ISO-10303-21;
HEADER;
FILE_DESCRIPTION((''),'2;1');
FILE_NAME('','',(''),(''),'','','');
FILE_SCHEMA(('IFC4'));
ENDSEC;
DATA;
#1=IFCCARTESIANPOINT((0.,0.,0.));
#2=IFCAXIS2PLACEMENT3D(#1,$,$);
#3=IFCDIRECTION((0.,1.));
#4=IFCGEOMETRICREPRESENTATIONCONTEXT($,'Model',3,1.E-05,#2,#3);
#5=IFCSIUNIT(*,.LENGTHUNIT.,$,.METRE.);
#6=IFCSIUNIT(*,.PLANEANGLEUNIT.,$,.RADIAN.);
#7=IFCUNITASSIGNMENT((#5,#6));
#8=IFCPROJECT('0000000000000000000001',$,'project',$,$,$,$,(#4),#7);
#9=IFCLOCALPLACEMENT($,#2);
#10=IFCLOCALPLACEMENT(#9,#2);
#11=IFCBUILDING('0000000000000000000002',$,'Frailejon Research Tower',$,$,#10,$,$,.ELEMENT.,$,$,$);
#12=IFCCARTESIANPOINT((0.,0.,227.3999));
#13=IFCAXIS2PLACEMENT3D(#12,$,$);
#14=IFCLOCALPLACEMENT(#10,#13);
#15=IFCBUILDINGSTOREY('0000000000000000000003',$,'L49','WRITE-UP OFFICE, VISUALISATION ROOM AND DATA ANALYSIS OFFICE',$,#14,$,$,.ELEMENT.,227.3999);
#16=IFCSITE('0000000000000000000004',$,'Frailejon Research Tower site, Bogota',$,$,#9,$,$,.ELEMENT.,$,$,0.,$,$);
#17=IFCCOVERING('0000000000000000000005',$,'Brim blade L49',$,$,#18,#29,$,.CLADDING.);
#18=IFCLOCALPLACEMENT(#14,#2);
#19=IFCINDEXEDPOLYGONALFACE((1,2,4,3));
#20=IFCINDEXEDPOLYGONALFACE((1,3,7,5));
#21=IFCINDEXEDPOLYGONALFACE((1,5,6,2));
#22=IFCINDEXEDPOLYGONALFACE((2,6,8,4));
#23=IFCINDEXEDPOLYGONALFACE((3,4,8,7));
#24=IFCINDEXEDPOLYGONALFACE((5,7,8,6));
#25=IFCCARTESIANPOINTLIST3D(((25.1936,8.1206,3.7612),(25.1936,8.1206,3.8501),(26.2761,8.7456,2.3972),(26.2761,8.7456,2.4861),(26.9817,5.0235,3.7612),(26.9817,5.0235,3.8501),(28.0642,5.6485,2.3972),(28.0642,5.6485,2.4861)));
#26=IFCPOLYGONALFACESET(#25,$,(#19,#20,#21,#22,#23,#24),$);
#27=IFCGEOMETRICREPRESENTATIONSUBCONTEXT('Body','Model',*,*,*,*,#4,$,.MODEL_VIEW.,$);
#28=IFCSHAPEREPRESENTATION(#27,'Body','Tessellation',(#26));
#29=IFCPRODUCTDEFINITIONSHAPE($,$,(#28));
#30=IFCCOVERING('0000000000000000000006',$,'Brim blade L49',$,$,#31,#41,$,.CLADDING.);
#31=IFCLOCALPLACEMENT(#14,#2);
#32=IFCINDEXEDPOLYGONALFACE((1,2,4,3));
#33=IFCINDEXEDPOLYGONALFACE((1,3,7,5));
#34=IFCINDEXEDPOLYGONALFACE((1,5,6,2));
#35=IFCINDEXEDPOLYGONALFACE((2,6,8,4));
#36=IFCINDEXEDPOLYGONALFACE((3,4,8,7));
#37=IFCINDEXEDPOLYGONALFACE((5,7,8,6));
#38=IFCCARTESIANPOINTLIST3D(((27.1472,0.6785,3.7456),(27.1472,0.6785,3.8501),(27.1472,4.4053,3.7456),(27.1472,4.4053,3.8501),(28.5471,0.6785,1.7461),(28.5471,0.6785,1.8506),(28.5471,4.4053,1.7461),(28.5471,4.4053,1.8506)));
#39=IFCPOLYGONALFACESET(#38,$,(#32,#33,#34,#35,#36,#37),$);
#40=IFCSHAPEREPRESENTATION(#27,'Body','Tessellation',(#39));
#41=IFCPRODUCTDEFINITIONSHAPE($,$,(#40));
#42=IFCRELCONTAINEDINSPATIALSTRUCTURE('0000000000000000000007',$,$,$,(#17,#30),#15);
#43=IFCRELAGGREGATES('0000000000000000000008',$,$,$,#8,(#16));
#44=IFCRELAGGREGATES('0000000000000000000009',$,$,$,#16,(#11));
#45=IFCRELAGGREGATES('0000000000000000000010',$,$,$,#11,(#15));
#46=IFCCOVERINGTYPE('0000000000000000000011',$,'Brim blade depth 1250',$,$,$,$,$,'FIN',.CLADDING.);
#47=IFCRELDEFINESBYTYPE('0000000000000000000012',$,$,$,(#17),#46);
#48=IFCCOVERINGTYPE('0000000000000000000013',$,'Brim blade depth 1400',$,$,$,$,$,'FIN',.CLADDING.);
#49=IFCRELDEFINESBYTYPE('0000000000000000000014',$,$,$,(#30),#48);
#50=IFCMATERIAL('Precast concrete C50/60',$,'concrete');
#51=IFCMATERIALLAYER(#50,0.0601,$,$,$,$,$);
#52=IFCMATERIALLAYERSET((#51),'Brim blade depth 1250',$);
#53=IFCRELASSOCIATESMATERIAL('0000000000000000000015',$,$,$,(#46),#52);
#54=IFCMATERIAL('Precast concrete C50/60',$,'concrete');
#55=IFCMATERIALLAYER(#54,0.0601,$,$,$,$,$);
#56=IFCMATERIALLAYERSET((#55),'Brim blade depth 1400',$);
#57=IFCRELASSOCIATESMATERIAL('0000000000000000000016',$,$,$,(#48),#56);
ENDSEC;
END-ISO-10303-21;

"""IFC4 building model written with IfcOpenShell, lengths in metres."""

from ifc_helpers import new_model, si_unit, direction, frame, origin, place, context, subcontext, project, spatial, polyline, outline, extrude, material, layer, layer_set, type_object, element, save


model = new_model("IFC4")

# Units and contexts
model_context = context("Model", 3, precision=1e-05, world=origin(), true_north=direction((0.0, 1.0)))
body_context = subcontext(model_context, "Body", "Model", "MODEL_VIEW")
ifc_project = project(units=[si_unit("LENGTHUNIT", "METRE"), si_unit("PLANEANGLEUNIT", "RADIAN")], contexts=[model_context])

# Site, building, storey
site_placement = place(None, origin())
site = spatial("IfcSite", under=ifc_project, at=site_placement, Name="Frailejon Research Tower site, Bogota", CompositionType="ELEMENT", RefElevation=0.0)
building_placement = place(site_placement, origin())
building = spatial("IfcBuilding", under=site, at=building_placement, Name="Frailejon Research Tower", CompositionType="ELEMENT")
storey_placement = place(building_placement, frame((0.0, 0.0, 227.3999)))
storey = spatial("IfcBuildingStorey", under=building, at=storey_placement, Name="L49", Description="WRITE-UP OFFICE, VISUALISATION ROOM AND DATA ANALYSIS OFFICE", CompositionType="ELEMENT", Elevation=227.3999)

# Coverings
ifc_material_1 = material(Name="Precast concrete C50/60", Category="concrete")
ifc_layer_1 = layer(ifc_material_1, 0.0601)
ifc_layer_set_1 = layer_set([ifc_layer_1], Name="Brim blade depth 1250")
covering_type_1 = type_object("IfcCoveringType", Name="Brim blade depth 1250", ElementType="FIN", PredefinedType="CLADDING", material=ifc_layer_set_1)
covering_1_placement = place(storey_placement, frame((25.1936, 8.1206, 3.8501), z_axis=(0.499998, -0.866027, 0.0), x_axis=(0.866027, 0.499998, 0.0)))
element("IfcCovering", 1, at=covering_1_placement, inside=storey, type_object=covering_type_1, Name="Brim blade L49", PredefinedType="CLADDING", context=body_context, shape_type="SweptSolid", body=[
    extrude(outline(polyline([(0.0, -0.0889), (1.25, -1.4529), (1.25, -1.364), (0.0, 0.0), (0.0, -0.0889)])), origin(), (0.0, 0.0, 1.0), 3.5762),
])
ifc_material_2 = material(Name="Precast concrete C50/60", Category="concrete")
ifc_layer_2 = layer(ifc_material_2, 0.0601)
ifc_layer_set_2 = layer_set([ifc_layer_2], Name="Brim blade depth 1400")
covering_type_2 = type_object("IfcCoveringType", Name="Brim blade depth 1400", ElementType="FIN", PredefinedType="CLADDING", material=ifc_layer_set_2)
covering_2_placement = place(storey_placement, frame((27.1472, 4.4053, 3.8501), z_axis=(0.0, -1.0, 0.0), x_axis=(1.0, 0.0, 0.0)))
element("IfcCovering", 2, at=covering_2_placement, inside=storey, type_object=covering_type_2, Name="Brim blade L49", PredefinedType="CLADDING", context=body_context, shape_type="SweptSolid", body=[
    extrude(outline(polyline([(0.0, -0.1045), (1.3999, -2.104), (1.3999, -1.9995), (0.0, 0.0), (0.0, -0.1045)])), origin(), (0.0, 0.0, 1.0), 3.7268),
])

save(model, "model.ifc")
